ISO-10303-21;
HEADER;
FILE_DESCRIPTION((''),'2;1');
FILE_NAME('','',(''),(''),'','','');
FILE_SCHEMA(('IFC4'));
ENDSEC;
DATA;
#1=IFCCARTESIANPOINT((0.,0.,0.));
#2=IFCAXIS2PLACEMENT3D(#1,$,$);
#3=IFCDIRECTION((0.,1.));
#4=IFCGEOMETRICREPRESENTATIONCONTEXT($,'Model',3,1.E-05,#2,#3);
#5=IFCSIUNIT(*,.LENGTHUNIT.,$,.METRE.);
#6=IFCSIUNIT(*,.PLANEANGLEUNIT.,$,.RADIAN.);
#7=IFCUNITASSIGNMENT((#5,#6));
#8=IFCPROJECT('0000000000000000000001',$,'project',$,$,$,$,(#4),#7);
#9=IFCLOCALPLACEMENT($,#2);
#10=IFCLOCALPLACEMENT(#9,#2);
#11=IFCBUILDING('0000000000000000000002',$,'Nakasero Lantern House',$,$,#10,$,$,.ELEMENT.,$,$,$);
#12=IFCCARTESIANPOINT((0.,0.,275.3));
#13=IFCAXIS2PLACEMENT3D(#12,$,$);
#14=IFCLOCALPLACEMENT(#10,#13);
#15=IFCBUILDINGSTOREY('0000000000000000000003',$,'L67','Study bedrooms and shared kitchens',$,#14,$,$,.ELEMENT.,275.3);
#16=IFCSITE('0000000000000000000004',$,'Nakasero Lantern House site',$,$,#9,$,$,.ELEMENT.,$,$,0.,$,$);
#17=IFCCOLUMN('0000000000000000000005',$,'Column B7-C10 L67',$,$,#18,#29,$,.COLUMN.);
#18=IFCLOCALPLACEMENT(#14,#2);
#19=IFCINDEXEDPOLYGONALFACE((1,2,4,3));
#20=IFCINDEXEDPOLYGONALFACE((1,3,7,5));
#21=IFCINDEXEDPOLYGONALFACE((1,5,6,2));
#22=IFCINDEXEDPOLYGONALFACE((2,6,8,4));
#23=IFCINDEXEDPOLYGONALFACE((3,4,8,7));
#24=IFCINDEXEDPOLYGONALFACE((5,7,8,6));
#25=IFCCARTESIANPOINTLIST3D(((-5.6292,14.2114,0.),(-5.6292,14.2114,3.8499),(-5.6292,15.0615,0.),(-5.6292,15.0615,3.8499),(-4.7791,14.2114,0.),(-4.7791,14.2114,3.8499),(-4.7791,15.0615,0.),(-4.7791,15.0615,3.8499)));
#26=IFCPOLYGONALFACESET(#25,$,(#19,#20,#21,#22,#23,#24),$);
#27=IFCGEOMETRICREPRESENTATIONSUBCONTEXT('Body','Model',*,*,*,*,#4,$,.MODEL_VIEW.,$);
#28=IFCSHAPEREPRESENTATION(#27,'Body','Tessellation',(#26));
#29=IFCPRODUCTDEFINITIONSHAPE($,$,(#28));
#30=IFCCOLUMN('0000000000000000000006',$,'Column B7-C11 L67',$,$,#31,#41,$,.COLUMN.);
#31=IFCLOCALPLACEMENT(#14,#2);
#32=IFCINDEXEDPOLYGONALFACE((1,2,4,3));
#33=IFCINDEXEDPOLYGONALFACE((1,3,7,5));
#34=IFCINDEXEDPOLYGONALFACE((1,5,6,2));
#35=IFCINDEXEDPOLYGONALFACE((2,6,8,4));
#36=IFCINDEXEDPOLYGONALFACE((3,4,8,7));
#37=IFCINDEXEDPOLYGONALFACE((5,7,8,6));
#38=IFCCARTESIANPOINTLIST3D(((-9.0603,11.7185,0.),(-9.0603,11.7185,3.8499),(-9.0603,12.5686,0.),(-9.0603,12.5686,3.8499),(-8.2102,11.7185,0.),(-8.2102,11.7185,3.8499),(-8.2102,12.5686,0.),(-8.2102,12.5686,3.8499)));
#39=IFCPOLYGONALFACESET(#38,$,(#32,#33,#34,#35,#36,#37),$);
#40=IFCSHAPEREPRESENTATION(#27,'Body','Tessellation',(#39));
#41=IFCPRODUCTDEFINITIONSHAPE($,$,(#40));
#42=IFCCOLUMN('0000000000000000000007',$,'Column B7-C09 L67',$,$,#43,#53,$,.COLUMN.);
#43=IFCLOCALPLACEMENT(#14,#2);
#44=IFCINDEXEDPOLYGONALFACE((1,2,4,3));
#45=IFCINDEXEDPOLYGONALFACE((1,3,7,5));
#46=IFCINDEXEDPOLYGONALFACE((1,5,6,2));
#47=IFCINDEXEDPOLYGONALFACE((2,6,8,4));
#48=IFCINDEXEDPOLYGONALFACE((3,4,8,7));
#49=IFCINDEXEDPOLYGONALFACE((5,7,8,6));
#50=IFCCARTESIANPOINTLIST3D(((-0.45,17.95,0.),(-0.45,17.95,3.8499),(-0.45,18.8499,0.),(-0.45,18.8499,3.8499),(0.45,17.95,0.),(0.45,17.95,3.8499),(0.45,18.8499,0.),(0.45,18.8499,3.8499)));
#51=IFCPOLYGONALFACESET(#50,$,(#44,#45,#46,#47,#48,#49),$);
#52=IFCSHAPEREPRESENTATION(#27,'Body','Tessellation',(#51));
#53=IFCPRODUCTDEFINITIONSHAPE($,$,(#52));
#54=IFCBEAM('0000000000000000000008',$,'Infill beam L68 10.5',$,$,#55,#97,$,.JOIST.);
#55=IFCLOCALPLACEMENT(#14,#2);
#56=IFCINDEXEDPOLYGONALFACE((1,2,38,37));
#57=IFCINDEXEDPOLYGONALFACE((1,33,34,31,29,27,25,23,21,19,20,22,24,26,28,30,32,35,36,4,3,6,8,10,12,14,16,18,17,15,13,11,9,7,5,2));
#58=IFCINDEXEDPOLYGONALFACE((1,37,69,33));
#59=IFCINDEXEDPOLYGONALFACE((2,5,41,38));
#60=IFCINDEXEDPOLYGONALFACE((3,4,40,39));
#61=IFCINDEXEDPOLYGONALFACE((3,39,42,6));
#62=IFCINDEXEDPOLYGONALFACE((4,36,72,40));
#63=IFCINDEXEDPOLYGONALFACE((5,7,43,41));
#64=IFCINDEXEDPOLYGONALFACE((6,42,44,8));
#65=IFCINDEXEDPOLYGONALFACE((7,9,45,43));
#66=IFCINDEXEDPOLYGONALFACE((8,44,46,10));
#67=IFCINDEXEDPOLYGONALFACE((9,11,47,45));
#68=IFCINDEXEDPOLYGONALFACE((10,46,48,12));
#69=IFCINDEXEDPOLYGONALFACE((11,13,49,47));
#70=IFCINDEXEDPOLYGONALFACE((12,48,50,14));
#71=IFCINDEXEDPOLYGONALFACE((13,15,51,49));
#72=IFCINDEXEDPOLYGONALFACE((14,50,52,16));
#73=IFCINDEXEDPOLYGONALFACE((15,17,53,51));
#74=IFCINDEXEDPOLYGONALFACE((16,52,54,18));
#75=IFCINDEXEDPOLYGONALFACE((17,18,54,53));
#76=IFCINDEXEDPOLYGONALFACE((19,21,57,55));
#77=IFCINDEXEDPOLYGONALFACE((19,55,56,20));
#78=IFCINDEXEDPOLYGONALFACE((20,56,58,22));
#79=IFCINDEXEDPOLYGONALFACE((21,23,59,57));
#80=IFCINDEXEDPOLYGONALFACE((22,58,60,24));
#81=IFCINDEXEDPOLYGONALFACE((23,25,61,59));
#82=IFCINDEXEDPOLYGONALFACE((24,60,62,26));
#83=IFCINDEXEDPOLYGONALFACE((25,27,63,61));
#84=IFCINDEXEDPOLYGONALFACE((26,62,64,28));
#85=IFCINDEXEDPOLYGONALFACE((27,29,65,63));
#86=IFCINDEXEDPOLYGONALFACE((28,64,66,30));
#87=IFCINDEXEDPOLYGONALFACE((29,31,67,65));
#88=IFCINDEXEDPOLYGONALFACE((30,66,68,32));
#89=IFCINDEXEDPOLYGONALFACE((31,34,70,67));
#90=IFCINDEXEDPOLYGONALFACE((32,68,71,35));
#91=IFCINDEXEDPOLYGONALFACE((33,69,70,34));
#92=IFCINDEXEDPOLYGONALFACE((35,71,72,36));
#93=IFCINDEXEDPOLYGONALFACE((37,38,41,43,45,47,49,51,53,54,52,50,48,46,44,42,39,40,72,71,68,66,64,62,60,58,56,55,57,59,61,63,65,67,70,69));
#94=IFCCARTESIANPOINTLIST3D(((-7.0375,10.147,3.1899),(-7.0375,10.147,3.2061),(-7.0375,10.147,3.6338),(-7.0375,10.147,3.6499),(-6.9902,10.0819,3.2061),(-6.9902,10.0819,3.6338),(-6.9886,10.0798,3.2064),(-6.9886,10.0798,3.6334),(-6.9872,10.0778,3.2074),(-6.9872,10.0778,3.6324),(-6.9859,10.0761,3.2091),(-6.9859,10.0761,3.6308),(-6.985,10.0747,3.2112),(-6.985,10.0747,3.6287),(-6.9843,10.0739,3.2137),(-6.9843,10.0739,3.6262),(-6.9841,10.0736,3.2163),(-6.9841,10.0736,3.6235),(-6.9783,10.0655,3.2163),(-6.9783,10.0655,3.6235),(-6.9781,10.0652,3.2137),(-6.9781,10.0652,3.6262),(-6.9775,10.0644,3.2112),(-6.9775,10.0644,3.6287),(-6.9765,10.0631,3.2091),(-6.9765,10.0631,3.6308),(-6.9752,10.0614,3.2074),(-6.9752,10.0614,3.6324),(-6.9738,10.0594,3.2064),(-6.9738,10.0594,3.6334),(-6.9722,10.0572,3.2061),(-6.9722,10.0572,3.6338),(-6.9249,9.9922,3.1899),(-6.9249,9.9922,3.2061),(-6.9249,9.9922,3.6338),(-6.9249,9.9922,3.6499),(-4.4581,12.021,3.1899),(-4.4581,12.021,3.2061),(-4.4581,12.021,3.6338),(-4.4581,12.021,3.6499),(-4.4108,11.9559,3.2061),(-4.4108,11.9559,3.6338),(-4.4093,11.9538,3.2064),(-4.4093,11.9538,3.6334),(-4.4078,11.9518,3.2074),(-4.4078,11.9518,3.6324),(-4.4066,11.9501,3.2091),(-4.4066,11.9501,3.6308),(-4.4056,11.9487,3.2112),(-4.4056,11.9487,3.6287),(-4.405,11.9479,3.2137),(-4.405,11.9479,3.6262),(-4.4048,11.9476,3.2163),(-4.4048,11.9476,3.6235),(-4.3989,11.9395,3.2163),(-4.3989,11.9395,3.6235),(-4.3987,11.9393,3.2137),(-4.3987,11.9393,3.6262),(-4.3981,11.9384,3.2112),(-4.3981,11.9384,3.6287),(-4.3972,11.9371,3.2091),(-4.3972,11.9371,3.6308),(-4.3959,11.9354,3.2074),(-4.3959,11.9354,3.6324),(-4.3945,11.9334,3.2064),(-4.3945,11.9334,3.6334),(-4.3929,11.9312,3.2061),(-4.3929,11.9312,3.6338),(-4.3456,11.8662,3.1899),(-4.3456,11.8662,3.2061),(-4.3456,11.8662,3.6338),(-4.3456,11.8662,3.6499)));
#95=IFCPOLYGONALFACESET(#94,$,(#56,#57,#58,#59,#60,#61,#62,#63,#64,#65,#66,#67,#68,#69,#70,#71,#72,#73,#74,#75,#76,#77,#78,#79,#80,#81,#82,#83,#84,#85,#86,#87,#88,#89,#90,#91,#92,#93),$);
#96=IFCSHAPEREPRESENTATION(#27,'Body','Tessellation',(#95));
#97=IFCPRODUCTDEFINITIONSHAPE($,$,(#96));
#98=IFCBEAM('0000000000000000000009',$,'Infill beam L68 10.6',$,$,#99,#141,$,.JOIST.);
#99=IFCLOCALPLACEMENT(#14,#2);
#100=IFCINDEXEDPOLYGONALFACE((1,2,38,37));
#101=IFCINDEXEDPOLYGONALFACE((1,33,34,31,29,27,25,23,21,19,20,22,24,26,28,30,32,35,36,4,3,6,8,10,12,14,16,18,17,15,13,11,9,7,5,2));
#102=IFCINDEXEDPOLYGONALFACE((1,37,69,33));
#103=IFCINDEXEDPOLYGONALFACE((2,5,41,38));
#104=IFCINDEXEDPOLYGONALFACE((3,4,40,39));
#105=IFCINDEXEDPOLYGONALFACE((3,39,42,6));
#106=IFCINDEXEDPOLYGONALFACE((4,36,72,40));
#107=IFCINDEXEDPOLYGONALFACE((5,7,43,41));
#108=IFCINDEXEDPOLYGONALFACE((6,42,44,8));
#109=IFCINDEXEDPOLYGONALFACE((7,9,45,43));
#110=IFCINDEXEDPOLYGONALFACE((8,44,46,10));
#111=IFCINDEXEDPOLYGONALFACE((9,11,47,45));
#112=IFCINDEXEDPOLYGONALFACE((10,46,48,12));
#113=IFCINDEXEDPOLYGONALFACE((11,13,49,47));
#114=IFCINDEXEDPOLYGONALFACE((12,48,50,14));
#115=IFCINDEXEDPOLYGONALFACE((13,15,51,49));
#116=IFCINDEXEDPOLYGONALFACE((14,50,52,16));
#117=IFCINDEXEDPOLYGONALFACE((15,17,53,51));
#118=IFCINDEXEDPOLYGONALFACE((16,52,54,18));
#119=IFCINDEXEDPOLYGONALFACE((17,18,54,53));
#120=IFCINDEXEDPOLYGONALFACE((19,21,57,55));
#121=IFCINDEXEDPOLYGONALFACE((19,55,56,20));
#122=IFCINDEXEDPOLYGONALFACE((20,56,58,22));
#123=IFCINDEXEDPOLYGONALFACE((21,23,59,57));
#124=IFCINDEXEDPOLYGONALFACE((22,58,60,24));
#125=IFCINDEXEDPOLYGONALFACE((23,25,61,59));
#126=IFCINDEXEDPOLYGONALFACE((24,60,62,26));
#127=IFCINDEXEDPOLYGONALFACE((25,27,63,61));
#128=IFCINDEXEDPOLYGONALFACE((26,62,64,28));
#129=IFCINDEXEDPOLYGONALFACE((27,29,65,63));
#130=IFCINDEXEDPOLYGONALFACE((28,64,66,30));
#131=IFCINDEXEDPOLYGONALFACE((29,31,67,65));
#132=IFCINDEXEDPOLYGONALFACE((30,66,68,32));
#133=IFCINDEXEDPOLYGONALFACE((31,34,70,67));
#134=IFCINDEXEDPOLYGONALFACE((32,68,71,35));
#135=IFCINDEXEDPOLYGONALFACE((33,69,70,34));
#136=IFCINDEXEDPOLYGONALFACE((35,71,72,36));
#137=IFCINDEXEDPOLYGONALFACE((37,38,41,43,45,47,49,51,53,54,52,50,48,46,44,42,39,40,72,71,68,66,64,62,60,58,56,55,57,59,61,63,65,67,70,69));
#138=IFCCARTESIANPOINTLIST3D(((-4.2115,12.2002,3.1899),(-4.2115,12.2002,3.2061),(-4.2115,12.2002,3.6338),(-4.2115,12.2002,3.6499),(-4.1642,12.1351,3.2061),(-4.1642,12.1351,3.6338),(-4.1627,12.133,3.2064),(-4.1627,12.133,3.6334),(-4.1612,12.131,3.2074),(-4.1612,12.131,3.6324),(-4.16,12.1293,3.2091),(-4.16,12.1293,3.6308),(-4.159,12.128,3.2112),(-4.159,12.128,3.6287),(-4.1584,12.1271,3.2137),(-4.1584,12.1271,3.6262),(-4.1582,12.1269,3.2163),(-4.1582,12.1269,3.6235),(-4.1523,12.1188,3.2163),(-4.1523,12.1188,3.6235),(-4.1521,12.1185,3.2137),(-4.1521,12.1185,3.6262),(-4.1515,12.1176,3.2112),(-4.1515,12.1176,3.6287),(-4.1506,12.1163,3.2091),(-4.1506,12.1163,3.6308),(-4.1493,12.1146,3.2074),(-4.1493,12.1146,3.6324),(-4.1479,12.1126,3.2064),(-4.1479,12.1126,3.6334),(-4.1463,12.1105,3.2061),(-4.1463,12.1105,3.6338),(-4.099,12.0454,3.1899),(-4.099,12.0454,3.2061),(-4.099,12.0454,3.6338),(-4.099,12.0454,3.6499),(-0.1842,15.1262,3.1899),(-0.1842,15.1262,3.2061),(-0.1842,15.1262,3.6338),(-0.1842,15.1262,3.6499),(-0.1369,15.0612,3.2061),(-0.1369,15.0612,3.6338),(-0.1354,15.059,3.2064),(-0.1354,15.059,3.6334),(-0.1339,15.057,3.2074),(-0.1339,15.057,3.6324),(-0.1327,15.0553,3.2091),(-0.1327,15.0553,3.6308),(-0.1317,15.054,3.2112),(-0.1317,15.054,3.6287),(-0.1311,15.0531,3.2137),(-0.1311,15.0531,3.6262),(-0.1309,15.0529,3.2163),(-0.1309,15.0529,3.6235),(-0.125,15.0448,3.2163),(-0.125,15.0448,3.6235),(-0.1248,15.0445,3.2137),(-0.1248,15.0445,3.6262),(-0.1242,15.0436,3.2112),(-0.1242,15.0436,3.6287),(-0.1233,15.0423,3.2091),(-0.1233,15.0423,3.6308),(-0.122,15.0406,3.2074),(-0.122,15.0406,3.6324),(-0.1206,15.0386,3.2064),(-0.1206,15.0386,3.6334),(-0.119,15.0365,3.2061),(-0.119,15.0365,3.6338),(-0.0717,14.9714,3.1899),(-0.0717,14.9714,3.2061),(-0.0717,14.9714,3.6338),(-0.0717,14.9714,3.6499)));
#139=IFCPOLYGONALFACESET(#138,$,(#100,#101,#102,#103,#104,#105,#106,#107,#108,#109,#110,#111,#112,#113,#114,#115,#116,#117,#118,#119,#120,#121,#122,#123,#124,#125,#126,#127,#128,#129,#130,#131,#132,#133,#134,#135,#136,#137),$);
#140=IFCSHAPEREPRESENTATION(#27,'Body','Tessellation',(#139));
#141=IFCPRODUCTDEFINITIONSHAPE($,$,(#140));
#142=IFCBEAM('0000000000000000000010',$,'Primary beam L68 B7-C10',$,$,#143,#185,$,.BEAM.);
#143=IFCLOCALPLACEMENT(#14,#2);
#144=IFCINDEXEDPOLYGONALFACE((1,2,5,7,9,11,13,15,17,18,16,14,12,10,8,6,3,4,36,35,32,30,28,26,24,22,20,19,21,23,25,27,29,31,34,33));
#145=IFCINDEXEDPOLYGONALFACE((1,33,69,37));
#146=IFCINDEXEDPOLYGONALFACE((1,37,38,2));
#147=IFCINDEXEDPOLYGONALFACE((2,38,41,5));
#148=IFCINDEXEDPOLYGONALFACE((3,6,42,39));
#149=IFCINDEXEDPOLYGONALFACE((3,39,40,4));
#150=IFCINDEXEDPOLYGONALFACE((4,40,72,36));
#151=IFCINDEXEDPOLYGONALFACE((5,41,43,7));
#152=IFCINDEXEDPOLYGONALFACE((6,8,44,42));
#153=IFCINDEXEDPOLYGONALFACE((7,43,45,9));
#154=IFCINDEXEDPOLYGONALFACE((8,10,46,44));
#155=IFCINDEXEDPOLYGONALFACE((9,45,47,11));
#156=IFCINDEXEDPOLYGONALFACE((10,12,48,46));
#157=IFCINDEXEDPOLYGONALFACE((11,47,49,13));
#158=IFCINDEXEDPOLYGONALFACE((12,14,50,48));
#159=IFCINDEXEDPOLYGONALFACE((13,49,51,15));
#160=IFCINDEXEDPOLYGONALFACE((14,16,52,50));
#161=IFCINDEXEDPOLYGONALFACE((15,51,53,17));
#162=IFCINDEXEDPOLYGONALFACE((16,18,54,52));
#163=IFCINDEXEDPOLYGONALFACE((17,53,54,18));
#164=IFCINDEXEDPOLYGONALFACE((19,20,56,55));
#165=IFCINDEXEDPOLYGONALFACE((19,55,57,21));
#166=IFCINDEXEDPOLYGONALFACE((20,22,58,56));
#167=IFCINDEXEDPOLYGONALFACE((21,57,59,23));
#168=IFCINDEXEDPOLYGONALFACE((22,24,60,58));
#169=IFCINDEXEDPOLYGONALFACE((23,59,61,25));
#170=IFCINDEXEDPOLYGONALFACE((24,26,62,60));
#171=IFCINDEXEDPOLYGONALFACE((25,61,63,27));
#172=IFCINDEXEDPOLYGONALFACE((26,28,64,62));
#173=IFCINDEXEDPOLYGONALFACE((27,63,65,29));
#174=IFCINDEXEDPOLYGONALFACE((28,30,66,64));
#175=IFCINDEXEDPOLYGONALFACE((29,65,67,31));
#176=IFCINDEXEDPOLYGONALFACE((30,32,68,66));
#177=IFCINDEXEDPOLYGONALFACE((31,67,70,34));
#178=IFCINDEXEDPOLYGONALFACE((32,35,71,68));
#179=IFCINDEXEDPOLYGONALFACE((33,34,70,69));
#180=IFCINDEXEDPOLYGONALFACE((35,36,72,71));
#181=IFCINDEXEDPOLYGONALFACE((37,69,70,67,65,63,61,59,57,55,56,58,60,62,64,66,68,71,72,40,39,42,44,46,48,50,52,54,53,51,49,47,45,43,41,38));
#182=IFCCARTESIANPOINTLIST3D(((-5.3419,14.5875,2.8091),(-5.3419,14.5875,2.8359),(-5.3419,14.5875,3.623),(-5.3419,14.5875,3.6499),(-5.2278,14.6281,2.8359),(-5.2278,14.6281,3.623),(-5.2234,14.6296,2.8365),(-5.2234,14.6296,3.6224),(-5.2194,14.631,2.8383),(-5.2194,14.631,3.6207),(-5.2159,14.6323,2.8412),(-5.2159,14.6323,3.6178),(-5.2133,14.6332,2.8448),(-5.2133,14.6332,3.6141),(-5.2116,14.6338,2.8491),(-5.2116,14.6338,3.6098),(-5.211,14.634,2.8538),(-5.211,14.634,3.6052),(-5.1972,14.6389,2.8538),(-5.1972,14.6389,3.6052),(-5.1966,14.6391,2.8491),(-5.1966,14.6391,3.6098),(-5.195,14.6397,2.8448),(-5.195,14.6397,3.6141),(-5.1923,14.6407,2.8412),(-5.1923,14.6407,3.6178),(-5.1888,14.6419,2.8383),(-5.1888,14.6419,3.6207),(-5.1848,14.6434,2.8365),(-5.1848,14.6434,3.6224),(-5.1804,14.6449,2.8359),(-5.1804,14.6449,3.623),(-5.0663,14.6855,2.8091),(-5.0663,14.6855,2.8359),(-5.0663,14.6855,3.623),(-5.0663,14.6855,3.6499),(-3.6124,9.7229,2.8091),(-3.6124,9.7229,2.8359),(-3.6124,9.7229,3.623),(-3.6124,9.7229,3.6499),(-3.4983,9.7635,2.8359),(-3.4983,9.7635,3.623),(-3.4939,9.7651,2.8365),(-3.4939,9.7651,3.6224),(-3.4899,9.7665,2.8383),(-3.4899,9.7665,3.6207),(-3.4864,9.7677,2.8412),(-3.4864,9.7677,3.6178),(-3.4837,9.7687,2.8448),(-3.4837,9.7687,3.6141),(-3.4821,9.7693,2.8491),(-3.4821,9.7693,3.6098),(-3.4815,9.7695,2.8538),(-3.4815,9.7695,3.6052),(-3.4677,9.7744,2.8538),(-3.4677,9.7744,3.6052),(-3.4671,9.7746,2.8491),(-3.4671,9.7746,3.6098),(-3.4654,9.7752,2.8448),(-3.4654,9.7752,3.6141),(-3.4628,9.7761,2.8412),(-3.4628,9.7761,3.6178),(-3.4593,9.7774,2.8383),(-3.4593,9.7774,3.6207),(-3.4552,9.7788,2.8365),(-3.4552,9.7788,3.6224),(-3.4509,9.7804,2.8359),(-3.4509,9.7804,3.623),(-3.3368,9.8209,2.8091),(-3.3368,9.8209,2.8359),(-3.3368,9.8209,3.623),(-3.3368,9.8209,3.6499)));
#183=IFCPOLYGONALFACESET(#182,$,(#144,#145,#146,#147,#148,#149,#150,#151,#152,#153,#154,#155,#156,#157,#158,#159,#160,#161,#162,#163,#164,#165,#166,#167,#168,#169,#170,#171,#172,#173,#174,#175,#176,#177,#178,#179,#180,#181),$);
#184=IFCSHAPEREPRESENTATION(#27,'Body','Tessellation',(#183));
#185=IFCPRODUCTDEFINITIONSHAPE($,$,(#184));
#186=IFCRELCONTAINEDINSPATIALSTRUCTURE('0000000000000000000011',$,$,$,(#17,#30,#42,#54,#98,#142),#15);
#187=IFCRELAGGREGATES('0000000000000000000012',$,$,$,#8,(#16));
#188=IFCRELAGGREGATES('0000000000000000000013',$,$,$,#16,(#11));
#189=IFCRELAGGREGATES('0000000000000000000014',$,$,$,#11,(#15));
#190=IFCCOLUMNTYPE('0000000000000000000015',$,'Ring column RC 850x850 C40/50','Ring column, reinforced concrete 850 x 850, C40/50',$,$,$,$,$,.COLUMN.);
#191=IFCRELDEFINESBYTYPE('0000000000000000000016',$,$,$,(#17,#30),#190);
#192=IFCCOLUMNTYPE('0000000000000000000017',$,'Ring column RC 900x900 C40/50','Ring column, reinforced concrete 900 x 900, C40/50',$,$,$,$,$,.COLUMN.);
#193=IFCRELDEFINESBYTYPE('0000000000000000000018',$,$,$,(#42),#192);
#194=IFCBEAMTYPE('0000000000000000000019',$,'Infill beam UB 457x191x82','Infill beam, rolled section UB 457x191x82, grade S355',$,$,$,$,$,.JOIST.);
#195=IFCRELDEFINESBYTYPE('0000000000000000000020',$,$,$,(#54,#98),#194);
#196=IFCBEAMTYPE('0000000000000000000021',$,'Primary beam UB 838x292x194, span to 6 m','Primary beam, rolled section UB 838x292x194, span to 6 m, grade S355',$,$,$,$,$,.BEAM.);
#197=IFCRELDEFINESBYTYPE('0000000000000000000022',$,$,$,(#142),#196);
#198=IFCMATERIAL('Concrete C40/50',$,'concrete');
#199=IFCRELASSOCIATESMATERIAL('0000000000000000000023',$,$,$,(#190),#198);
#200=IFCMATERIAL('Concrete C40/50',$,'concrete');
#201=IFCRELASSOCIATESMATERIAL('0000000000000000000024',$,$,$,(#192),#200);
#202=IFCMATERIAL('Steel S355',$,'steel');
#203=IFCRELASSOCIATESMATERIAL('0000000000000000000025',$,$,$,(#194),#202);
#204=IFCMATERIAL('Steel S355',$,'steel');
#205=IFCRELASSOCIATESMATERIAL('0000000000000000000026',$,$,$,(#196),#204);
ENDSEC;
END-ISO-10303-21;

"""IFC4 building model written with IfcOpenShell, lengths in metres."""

from ifc_helpers import new_model, si_unit, direction, frame, origin, origin_2d, place, context, subcontext, project, spatial, rectangle, i_section, extrude, material, material_profile, profile_set, type_object, element, save


model = new_model("IFC4")

# Units and contexts
model_context = context("Model", 3, precision=1e-05, world=origin(), true_north=direction((0.0, 1.0)))
body_context = subcontext(model_context, "Body", "Model", "MODEL_VIEW")
ifc_project = project(units=[si_unit("LENGTHUNIT", "METRE"), si_unit("PLANEANGLEUNIT", "RADIAN")], contexts=[model_context])

# Site, building, storey
site_placement = place(None, origin())
site = spatial("IfcSite", under=ifc_project, at=site_placement, Name="Nakasero Lantern House site", CompositionType="ELEMENT", RefElevation=0.0)
building_placement = place(site_placement, origin())
building = spatial("IfcBuilding", under=site, at=building_placement, Name="Nakasero Lantern House", CompositionType="ELEMENT")
storey_placement = place(building_placement, frame((0.0, 0.0, 275.3)))
storey = spatial("IfcBuildingStorey", under=building, at=storey_placement, Name="L67", Description="Study bedrooms and shared kitchens", CompositionType="ELEMENT", Elevation=275.3)

# Columns
ifc_material_1 = material(Name="Concrete C40/50", Category="concrete")
ifc_material_profile_1 = material_profile(ifc_material_1, rectangle(XDim=0.8501, YDim=0.8501, at=origin_2d()), Name="RC 850x850")
ifc_profile_set_1 = profile_set([ifc_material_profile_1], Name="Concrete C40/50")
column_type_1 = type_object("IfcColumnType", Name="Ring column RC 850x850 C40/50", Description="Ring column, reinforced concrete 850 x 850, C40/50", PredefinedType="COLUMN", material=ifc_profile_set_1)
for number, where, z_axis, x_axis, name in (
    (1, (-5.2041, 14.6365, 0.0), (0.0, 0.0, 1.0), (1.0, 0.0, 0.0), "Column B7-C10 L67"),
    (2, (-8.6353, 12.1436, 0.0), (0.0, 0.0, 1.0), (1.0, 0.0, 0.0), "Column B7-C11 L67"),
):
    element("IfcColumn", number, at=place(storey_placement, frame(where, z_axis=z_axis, x_axis=x_axis)), inside=storey, type_object=column_type_1, Name=name, PredefinedType="COLUMN", context=body_context, shape_type="SweptSolid", body=[
        extrude(rectangle(XDim=0.8501, YDim=0.8501, at=origin_2d()), origin(), (0.0, 0.0, 1.0), 3.8499),
    ])
ifc_material_2 = material(Name="Concrete C40/50", Category="concrete")
ifc_material_profile_2 = material_profile(ifc_material_2, rectangle(XDim=0.8999, YDim=0.8999, at=origin_2d()), Name="RC 900x900")
ifc_profile_set_2 = profile_set([ifc_material_profile_2], Name="Concrete C40/50")
column_type_2 = type_object("IfcColumnType", Name="Ring column RC 900x900 C40/50", Description="Ring column, reinforced concrete 900 x 900, C40/50", PredefinedType="COLUMN", material=ifc_profile_set_2)
column_placement = place(storey_placement, frame((0.0, 18.3999, 0.0), z_axis=(0.0, 0.0, 1.0), x_axis=(1.0, 0.0, 0.0)))
element("IfcColumn", 3, at=column_placement, inside=storey, type_object=column_type_2, Name="Column B7-C09 L67", PredefinedType="COLUMN", context=body_context, shape_type="SweptSolid", body=[
    extrude(rectangle(XDim=0.8999, YDim=0.8999, at=origin_2d()), origin(), (0.0, 0.0, 1.0), 3.8499),
])

# Beams
ifc_material_3 = material(Name="Steel S355", Category="steel")
ifc_material_profile_3 = material_profile(ifc_material_3, i_section(OverallWidth=0.1914, OverallDepth=0.46, WebThickness=0.01, FlangeThickness=0.0161, FilletRadius=0.0103, at=origin_2d()), Name="UB 457x191x82")
ifc_profile_set_3 = profile_set([ifc_material_profile_3], Name="Steel S355")
beam_type_1 = type_object("IfcBeamType", Name="Infill beam UB 457x191x82", Description="Infill beam, rolled section UB 457x191x82, grade S355", PredefinedType="JOIST", material=ifc_profile_set_3)
beam_1_placement = place(storey_placement, frame((-6.9812, 10.0696, 3.4199), z_axis=(0.809014, 0.587789, 0.0), x_axis=(-0.587789, 0.809014, 0.0)))
element("IfcBeam", 4, at=beam_1_placement, inside=storey, type_object=beam_type_1, Name="Infill beam L68 10.5", PredefinedType="JOIST", context=body_context, shape_type="SweptSolid", body=[
    extrude(i_section(OverallWidth=0.1914, OverallDepth=0.46, WebThickness=0.01, FlangeThickness=0.0161, FilletRadius=0.0103, at=origin_2d()), origin(), (0.0, 0.0, 1.0), 3.1882),
])
beam_2_placement = place(storey_placement, frame((-4.1553, 12.1228, 3.4199), z_axis=(0.809018, 0.587784, 0.0), x_axis=(-0.587784, 0.809018, 0.0)))
element("IfcBeam", 5, at=beam_2_placement, inside=storey, type_object=beam_type_1, Name="Infill beam L68 10.6", PredefinedType="JOIST", context=body_context, shape_type="SweptSolid", body=[
    extrude(i_section(OverallWidth=0.1914, OverallDepth=0.46, WebThickness=0.01, FlangeThickness=0.0161, FilletRadius=0.0103, at=origin_2d()), origin(), (0.0, 0.0, 1.0), 4.978),
])
ifc_material_4 = material(Name="Steel S355", Category="steel")
ifc_material_profile_4 = material_profile(ifc_material_4, i_section(OverallWidth=0.2925, OverallDepth=0.8408, WebThickness=0.0146, FlangeThickness=0.0269, FilletRadius=0.0178, at=origin_2d()), Name="UB 838x292x194")
ifc_profile_set_4 = profile_set([ifc_material_profile_4], Name="Steel S355")
beam_type_2 = type_object("IfcBeamType", Name="Primary beam UB 838x292x194, span to 6 m", Description="Primary beam, rolled section UB 838x292x194, span to 6 m, grade S355", PredefinedType="BEAM", material=ifc_profile_set_4)
beam_3_placement = place(storey_placement, frame((-5.2041, 14.6365, 3.2295), z_axis=(0.334991, -0.942221, 0.0), x_axis=(0.942221, 0.334991, 0.0)))
element("IfcBeam", 6, at=beam_3_placement, inside=storey, type_object=beam_type_2, Name="Primary beam L68 B7-C10", PredefinedType="BEAM", context=body_context, shape_type="SweptSolid", body=[
    extrude(i_section(OverallWidth=0.2925, OverallDepth=0.8408, WebThickness=0.0146, FlangeThickness=0.0269, FilletRadius=0.0178, at=origin_2d()), origin(), (0.0, 0.0, 1.0), 5.1628),
])

save(model, "model.ifc")
